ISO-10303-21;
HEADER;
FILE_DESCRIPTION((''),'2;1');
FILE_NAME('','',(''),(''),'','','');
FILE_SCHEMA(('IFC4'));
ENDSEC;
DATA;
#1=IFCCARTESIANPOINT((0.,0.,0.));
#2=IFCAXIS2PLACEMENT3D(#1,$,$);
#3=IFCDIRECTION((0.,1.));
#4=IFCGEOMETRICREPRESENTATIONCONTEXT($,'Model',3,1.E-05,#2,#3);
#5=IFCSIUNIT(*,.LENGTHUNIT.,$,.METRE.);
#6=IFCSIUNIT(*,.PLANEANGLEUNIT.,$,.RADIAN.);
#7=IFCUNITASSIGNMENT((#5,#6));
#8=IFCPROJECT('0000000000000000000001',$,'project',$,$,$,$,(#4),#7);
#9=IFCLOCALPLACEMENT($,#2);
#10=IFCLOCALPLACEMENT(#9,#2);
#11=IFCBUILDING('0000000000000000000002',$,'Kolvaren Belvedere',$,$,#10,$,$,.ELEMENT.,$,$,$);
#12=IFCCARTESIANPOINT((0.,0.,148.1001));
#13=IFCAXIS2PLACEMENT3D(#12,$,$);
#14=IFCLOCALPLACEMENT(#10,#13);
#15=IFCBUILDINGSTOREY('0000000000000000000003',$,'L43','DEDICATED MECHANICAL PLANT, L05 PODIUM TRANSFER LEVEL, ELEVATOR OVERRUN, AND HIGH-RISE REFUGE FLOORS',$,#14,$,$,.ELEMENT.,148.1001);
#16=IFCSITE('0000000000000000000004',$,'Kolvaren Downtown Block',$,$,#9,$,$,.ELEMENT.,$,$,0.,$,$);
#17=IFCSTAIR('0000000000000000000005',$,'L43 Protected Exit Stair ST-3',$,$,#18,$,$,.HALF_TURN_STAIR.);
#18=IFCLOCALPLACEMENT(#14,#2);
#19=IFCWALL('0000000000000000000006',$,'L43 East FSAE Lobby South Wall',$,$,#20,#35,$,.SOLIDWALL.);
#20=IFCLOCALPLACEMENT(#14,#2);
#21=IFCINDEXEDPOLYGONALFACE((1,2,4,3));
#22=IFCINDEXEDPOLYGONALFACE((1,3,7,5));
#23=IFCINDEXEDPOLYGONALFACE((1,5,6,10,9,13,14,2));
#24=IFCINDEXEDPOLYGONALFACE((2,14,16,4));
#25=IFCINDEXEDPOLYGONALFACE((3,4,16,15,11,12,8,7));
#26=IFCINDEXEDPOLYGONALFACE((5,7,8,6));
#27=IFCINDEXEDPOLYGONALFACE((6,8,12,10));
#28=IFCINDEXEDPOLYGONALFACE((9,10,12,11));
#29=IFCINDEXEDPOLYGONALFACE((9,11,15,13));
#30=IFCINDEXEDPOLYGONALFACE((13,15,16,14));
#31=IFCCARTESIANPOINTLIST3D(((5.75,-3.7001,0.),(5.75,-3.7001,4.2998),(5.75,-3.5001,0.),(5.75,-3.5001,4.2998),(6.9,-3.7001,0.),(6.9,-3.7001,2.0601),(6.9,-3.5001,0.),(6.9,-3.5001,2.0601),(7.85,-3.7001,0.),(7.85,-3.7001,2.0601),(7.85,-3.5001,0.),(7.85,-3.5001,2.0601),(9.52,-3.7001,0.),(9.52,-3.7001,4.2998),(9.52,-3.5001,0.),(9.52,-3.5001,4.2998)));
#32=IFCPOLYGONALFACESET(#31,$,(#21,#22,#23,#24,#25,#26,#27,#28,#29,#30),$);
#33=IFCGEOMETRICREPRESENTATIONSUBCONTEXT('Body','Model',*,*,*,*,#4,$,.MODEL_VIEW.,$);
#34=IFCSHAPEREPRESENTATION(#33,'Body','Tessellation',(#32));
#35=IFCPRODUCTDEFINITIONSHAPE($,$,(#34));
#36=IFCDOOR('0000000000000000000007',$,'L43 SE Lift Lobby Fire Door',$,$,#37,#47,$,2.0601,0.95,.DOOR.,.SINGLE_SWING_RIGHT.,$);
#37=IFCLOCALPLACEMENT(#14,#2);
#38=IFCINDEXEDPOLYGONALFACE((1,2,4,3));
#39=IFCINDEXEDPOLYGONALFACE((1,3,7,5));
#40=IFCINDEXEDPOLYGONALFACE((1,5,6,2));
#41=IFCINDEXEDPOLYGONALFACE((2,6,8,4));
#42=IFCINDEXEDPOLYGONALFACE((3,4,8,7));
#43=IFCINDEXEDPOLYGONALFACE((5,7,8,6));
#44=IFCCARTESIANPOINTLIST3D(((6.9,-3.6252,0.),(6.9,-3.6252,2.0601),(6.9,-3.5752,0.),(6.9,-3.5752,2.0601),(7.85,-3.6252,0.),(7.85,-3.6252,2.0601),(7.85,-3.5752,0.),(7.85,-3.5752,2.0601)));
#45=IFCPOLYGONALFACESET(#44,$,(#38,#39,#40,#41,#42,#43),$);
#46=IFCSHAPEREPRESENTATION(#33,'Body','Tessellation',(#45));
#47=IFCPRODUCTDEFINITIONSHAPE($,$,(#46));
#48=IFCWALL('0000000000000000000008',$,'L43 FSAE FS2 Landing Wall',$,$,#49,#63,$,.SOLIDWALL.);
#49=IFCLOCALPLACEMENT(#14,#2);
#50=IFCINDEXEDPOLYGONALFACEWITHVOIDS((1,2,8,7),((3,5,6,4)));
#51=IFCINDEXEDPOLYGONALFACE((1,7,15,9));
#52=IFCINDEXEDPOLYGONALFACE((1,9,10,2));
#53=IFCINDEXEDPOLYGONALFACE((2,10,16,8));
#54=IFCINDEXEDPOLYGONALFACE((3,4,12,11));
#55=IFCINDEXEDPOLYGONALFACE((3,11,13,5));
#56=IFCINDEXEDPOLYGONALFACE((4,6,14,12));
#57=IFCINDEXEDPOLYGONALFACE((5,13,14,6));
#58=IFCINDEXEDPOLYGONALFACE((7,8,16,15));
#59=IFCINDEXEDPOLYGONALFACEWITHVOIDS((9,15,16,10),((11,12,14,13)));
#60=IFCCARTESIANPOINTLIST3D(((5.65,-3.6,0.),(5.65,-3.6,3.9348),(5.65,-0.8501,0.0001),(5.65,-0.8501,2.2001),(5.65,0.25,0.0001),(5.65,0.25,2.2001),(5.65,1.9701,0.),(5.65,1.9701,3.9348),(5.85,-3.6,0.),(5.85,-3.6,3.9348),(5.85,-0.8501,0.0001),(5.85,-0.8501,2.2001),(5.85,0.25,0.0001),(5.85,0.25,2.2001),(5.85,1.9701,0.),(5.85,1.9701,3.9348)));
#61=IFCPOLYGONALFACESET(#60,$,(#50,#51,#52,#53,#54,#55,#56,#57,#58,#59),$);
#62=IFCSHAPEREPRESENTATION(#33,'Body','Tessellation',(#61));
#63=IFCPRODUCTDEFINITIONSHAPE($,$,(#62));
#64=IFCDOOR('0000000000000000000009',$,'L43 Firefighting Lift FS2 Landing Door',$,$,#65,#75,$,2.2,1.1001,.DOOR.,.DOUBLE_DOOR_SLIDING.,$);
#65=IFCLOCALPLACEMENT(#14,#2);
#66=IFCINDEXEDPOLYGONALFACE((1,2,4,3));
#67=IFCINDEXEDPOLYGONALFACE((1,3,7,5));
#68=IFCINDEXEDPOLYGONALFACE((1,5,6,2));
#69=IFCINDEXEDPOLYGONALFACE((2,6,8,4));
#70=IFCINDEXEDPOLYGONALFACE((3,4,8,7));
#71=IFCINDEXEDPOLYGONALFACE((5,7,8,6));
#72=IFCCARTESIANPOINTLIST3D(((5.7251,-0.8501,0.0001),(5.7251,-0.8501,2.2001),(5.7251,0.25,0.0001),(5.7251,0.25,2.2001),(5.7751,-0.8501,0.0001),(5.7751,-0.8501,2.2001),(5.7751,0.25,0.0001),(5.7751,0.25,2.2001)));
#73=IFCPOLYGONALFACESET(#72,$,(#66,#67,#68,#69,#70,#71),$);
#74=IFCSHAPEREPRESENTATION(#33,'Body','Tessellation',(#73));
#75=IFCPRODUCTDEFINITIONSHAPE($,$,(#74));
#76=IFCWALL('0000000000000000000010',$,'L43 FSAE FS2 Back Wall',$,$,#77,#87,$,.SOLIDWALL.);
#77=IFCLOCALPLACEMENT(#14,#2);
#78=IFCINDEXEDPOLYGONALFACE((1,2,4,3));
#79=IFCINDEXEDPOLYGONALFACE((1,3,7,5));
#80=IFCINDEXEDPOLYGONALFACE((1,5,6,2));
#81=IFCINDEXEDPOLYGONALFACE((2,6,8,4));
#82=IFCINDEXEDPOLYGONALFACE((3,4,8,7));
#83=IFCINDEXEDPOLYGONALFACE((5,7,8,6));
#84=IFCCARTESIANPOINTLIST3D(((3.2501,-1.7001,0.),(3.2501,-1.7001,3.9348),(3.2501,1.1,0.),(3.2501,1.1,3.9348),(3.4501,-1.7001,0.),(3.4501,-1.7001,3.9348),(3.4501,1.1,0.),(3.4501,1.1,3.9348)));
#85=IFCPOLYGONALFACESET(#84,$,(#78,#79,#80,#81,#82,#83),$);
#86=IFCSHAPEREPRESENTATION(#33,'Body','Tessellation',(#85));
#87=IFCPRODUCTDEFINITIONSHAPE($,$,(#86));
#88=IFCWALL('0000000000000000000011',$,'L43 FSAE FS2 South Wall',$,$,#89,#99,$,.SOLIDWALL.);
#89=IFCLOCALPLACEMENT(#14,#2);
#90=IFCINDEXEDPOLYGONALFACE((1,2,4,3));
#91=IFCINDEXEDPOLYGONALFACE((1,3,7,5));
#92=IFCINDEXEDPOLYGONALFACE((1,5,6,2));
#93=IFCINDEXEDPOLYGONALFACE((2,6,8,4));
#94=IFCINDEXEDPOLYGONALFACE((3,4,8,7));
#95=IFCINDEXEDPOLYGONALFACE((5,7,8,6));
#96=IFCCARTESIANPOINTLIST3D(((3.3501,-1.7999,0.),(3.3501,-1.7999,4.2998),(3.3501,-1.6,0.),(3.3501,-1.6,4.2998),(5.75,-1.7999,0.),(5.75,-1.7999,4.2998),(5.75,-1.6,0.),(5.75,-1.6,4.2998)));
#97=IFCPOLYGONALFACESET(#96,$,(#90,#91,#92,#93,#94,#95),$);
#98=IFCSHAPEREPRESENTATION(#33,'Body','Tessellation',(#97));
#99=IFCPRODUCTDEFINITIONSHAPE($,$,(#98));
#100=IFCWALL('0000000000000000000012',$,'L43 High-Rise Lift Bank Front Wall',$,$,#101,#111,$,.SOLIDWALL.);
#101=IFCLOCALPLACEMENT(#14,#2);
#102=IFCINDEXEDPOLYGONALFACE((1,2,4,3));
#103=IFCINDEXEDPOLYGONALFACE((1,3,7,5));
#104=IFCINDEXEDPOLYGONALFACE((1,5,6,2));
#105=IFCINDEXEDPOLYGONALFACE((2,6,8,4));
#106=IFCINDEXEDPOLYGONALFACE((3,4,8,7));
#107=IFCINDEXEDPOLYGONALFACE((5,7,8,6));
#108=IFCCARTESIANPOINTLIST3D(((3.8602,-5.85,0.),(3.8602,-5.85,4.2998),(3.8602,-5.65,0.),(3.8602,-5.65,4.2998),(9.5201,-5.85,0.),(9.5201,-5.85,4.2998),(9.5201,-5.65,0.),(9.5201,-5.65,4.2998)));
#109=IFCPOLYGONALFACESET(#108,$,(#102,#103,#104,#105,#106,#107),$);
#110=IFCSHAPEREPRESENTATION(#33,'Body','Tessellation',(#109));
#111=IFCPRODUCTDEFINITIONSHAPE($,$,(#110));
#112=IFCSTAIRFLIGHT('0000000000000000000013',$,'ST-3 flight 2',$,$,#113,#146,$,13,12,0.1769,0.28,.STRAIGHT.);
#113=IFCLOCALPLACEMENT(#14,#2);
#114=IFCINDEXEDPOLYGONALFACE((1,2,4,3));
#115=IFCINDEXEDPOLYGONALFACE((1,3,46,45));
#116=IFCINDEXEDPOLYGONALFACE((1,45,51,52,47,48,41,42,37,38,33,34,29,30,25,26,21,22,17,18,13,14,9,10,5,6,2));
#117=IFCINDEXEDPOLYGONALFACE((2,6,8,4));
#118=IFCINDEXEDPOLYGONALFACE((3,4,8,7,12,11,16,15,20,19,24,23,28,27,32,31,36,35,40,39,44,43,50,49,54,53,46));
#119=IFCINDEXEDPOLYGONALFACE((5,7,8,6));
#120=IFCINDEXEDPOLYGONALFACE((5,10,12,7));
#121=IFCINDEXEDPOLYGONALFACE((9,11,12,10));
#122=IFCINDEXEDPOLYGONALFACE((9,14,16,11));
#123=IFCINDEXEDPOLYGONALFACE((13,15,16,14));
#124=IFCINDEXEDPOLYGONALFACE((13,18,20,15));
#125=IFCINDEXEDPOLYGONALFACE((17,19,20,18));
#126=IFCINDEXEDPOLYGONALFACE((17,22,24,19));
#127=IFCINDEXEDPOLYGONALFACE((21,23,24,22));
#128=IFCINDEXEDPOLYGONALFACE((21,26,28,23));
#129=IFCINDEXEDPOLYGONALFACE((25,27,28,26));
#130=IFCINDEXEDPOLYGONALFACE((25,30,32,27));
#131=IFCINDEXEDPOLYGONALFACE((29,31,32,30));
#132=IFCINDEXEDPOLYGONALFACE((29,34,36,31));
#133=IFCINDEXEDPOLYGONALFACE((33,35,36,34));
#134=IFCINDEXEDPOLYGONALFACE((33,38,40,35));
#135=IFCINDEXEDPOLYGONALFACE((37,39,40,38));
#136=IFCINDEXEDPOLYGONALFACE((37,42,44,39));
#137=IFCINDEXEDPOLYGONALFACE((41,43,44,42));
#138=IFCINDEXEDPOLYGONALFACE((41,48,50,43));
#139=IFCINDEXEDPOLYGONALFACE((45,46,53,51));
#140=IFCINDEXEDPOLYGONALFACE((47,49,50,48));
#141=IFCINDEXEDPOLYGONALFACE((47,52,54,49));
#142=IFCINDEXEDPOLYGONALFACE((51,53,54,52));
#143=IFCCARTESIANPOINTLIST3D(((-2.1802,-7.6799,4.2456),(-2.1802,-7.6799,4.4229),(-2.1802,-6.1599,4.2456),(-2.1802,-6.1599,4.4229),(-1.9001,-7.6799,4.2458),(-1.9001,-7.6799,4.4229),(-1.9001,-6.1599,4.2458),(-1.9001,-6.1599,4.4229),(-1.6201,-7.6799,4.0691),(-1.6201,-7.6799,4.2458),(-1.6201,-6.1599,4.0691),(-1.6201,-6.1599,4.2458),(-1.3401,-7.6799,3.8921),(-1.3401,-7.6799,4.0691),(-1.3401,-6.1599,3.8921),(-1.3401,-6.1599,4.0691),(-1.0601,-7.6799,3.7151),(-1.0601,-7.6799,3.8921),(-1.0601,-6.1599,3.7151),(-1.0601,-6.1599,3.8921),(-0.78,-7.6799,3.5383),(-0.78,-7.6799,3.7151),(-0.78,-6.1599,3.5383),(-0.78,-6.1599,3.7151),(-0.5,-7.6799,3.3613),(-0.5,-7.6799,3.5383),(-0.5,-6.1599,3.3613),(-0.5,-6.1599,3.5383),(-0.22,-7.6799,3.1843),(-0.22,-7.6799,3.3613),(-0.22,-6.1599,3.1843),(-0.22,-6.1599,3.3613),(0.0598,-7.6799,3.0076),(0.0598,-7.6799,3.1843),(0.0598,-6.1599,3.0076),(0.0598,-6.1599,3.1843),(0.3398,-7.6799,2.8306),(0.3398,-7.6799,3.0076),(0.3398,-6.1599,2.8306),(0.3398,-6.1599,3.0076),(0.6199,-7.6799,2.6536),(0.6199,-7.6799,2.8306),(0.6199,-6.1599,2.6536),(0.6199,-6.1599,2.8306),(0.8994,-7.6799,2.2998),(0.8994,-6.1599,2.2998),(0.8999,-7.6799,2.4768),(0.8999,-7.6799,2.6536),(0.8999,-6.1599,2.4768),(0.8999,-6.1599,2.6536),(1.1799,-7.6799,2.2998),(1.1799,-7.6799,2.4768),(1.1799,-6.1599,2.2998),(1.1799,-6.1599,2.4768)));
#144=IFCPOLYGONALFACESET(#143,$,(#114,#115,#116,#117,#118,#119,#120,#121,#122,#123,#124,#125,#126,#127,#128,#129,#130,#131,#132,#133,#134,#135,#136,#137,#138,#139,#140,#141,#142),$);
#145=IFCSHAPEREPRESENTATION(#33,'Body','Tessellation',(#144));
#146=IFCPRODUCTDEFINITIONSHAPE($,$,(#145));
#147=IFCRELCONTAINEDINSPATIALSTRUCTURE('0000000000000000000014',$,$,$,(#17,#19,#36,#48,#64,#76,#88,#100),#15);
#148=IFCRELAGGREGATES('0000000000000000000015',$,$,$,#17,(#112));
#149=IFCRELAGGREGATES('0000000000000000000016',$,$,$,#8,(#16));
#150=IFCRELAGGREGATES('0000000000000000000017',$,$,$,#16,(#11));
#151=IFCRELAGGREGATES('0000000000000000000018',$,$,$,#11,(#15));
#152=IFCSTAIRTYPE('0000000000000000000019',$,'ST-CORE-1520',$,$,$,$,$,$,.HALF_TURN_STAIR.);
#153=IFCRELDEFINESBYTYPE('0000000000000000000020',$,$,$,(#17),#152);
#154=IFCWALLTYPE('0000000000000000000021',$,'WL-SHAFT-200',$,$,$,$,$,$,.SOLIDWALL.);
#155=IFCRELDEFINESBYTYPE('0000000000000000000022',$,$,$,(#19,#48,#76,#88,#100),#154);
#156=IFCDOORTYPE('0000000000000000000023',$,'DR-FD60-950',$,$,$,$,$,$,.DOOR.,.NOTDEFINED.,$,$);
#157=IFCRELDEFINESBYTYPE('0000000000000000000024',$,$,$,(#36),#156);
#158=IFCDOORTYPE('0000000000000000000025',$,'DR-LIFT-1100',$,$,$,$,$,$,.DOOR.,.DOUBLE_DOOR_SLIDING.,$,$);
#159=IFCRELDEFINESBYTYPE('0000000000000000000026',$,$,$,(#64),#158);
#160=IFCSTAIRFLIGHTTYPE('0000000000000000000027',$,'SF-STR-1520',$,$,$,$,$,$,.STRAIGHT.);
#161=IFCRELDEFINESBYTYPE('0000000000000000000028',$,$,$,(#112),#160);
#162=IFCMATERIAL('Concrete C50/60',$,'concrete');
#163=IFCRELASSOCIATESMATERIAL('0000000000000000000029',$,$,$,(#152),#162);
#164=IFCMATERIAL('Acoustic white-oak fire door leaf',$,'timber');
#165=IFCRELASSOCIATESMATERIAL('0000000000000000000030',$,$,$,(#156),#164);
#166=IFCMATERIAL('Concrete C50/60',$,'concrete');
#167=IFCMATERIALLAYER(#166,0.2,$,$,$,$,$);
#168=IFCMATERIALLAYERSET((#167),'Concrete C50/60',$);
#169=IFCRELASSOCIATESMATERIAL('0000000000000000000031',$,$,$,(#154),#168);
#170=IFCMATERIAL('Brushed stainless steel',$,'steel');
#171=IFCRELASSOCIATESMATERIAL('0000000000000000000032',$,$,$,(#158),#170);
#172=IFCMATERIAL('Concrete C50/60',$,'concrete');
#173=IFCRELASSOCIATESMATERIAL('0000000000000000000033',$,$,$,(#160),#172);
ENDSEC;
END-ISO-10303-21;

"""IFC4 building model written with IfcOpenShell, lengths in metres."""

from ifc_helpers import new_model, si_unit, direction, frame, frame_2d, origin, place, context, subcontext, project, spatial, polyline, rectangle, outline, extrude, material, layer, layer_set, type_object, element, fill, aggregate, save


model = new_model("IFC4")

# Units and contexts
model_context = context("Model", 3, precision=1e-05, world=origin(), true_north=direction((0.0, 1.0)))
body_context = subcontext(model_context, "Body", "Model", "MODEL_VIEW")
ifc_project = project(units=[si_unit("LENGTHUNIT", "METRE"), si_unit("PLANEANGLEUNIT", "RADIAN")], contexts=[model_context])

# Site, building, storey
site_placement = place(None, origin())
site = spatial("IfcSite", under=ifc_project, at=site_placement, Name="Kolvaren Downtown Block", CompositionType="ELEMENT", RefElevation=0.0)
building_placement = place(site_placement, origin())
building = spatial("IfcBuilding", under=site, at=building_placement, Name="Kolvaren Belvedere", CompositionType="ELEMENT")
storey_placement = place(building_placement, frame((0.0, 0.0, 148.1001)))
storey = spatial("IfcBuildingStorey", under=building, at=storey_placement, Name="L43", Description="DEDICATED MECHANICAL PLANT, L05 PODIUM TRANSFER LEVEL, ELEVATOR OVERRUN, AND HIGH-RISE REFUGE FLOORS", CompositionType="ELEMENT", Elevation=148.1001)

# Stair
ifc_material_1 = material(Name="Concrete C50/60", Category="concrete")
stair_type = type_object("IfcStairType", Name="ST-CORE-1520", PredefinedType="HALF_TURN_STAIR", material=ifc_material_1)
stair_1_placement = place(storey_placement, origin())
stair_1 = element("IfcStair", 1, at=stair_1_placement, inside=storey, type_object=stair_type, Name="L43 Protected Exit Stair ST-3", PredefinedType="HALF_TURN_STAIR")

# Walls, openings, doors
ifc_material_2 = material(Name="Acoustic white-oak fire door leaf", Category="timber")
door_type_1 = type_object("IfcDoorType", Name="DR-FD60-950", OperationType="NOTDEFINED", PredefinedType="DOOR", material=ifc_material_2)
ifc_material_3 = material(Name="Concrete C50/60", Category="concrete")
ifc_layer_1 = layer(ifc_material_3, 0.2)
ifc_layer_set_1 = layer_set([ifc_layer_1], Name="Concrete C50/60")
wall_type_1 = type_object("IfcWallType", Name="WL-SHAFT-200", PredefinedType="SOLIDWALL", material=ifc_layer_set_1)
wall_1_placement = place(storey_placement, frame((5.75, -3.6001, 0.0), z_axis=(0.0, 0.0, 1.0), x_axis=(1.0, 0.0, 0.0)))
wall_1 = element("IfcWall", 2, at=wall_1_placement, inside=storey, type_object=wall_type_1, Name="L43 East FSAE Lobby South Wall", PredefinedType="SOLIDWALL", context=body_context, shape_type="SweptSolid", body=[
    extrude(rectangle(XDim=3.77, YDim=0.2, at=frame_2d((1.885, 0.0))), origin(), (0.0, 0.0, 1.0), 4.2998),
])
opening_1_placement = place(wall_1_placement, frame((1.1499, 0.0, 0.0)))
opening_1 = element("IfcOpeningElement", 3, at=opening_1_placement, cuts=wall_1, PredefinedType="OPENING", context=body_context, shape_type="SweptSolid", body=[
    extrude(rectangle(XDim=0.95, YDim=2.0601, at=frame_2d((0.4751, 1.03))), frame((0.0, 0.1099, 0.0), z_axis=(0.0, -1.0, 0.0), x_axis=(1.0, 0.0, 0.0)), (0.0, 0.0, 1.0), 0.22),
])
door_1_placement = place(opening_1_placement, origin())
door_1 = element("IfcDoor", 4, at=door_1_placement, inside=storey, type_object=door_type_1, Name="L43 SE Lift Lobby Fire Door", OperationType="SINGLE_SWING_RIGHT", OverallHeight=2.0601, OverallWidth=0.95, PredefinedType="DOOR", context=body_context, shape_type="SweptSolid", body=[
    extrude(rectangle(XDim=0.95, YDim=2.0601, at=frame_2d((0.4751, 1.03))), frame((0.0, 0.0249, 0.0), z_axis=(0.0, -1.0, 0.0), x_axis=(1.0, 0.0, 0.0)), (0.0, 0.0, 1.0), 0.05),
])
fill(opening_1, door_1)
wall_2_placement = place(storey_placement, frame((5.75, -3.6001, 0.0), z_axis=(0.0, 0.0, 1.0), x_axis=(0.0, 1.0, 0.0)))
wall_2 = element("IfcWall", 5, at=wall_2_placement, inside=storey, type_object=wall_type_1, Name="L43 FSAE FS2 Landing Wall", PredefinedType="SOLIDWALL", context=body_context, shape_type="SweptSolid", body=[
    extrude(rectangle(XDim=5.5701, YDim=0.2, at=frame_2d((2.7852, 0.0))), origin(), (0.0, 0.0, 1.0), 3.9348),
])
opening_2_placement = place(wall_2_placement, frame((2.75, 0.0, 0.0)))
opening_2 = element("IfcOpeningElement", 6, at=opening_2_placement, cuts=wall_2, PredefinedType="OPENING", context=body_context, shape_type="SweptSolid", body=[
    extrude(rectangle(XDim=1.1001, YDim=2.2, at=frame_2d((0.55, 1.1001))), frame((0.0, 0.1099, 0.0), z_axis=(0.0, -1.0, 0.0), x_axis=(1.0, 0.0, 0.0)), (0.0, 0.0, 1.0), 0.22),
])
ifc_material_4 = material(Name="Brushed stainless steel", Category="steel")
door_type_2 = type_object("IfcDoorType", Name="DR-LIFT-1100", OperationType="DOUBLE_DOOR_SLIDING", PredefinedType="DOOR", material=ifc_material_4)
door_2_placement = place(opening_2_placement, origin())
door_2 = element("IfcDoor", 7, at=door_2_placement, inside=storey, type_object=door_type_2, Name="L43 Firefighting Lift FS2 Landing Door", OperationType="DOUBLE_DOOR_SLIDING", OverallHeight=2.2, OverallWidth=1.1001, PredefinedType="DOOR", context=body_context, shape_type="SweptSolid", body=[
    extrude(rectangle(XDim=1.1001, YDim=2.2, at=frame_2d((0.55, 1.1001))), frame((0.0, 0.0249, 0.0), z_axis=(0.0, -1.0, 0.0), x_axis=(1.0, 0.0, 0.0)), (0.0, 0.0, 1.0), 0.05),
])
fill(opening_2, door_2)

# Walls
wall_3_placement = place(storey_placement, frame((3.3501, -1.7, 0.0), z_axis=(0.0, 0.0, 1.0), x_axis=(0.0, 1.0, 0.0)))
element("IfcWall", 8, at=wall_3_placement, inside=storey, type_object=wall_type_1, Name="L43 FSAE FS2 Back Wall", PredefinedType="SOLIDWALL", context=body_context, shape_type="SweptSolid", body=[
    extrude(rectangle(XDim=2.8, YDim=0.2, at=frame_2d((1.3999, 0.0))), origin(), (0.0, 0.0, 1.0), 3.9348),
])
wall_4_placement = place(storey_placement, frame((3.3501, -1.7, 0.0), z_axis=(0.0, 0.0, 1.0), x_axis=(1.0, 0.0, 0.0)))
element("IfcWall", 9, at=wall_4_placement, inside=storey, type_object=wall_type_1, Name="L43 FSAE FS2 South Wall", PredefinedType="SOLIDWALL", context=body_context, shape_type="SweptSolid", body=[
    extrude(rectangle(XDim=2.3999, YDim=0.2, at=frame_2d((1.2, 0.0))), origin(), (0.0, 0.0, 1.0), 4.2998),
])
wall_5_placement = place(storey_placement, frame((3.8601, -5.75, 0.0), z_axis=(0.0, 0.0, 1.0), x_axis=(1.0, 0.0, 0.0)))
element("IfcWall", 10, at=wall_5_placement, inside=storey, type_object=wall_type_1, Name="L43 High-Rise Lift Bank Front Wall", PredefinedType="SOLIDWALL", context=body_context, shape_type="SweptSolid", body=[
    extrude(rectangle(XDim=5.6599, YDim=0.2, at=frame_2d((2.8301, 0.0))), origin(), (0.0, 0.0, 1.0), 4.2998),
])

# Stair flight
ifc_material_5 = material(Name="Concrete C50/60", Category="concrete")
stair_flight_type = type_object("IfcStairFlightType", Name="SF-STR-1520", PredefinedType="STRAIGHT", material=ifc_material_5)
stair_flight_placement = place(storey_placement, frame((1.1799, -6.9199, 2.2998), z_axis=(0.0, 0.0, 1.0), x_axis=(-1.0, 0.0, 0.0)))
stair_flight = element("IfcStairFlight", 11, at=stair_flight_placement, type_object=stair_flight_type, Name="ST-3 flight 2", NumberOfRisers=13, NumberOfTreads=12, PredefinedType="STRAIGHT", RiserHeight=0.1769, TreadLength=0.28, context=body_context, shape_type="SweptSolid", body=[
    extrude(outline(polyline([(0.0, 0.0), (0.0, 0.177), (0.28, 0.177), (0.28, 0.3538), (0.5601, 0.3538), (0.5601, 0.5308), (0.8401, 0.5308), (0.8401, 0.7078), (1.1201, 0.7078), (1.1201, 0.8845), (1.3999, 0.8845), (1.3999, 1.0615), (1.6799, 1.0615), (1.6799, 1.2385), (1.96, 1.2385), (1.96, 1.4153), (2.24, 1.4153), (2.24, 1.5923), (2.52, 1.5923), (2.52, 1.7693), (2.8, 1.7693), (2.8, 1.946), (3.0801, 1.946), (3.0801, 2.123), (3.3601, 2.123), (3.3601, 2.3), (3.3601, 1.9458), (0.2805, 0.0), (0.0, 0.0)])), frame((0.0, 0.76, 0.0), z_axis=(0.0, -1.0, 0.0), x_axis=(1.0, 0.0, 0.0)), (0.0, 0.0, 1.0), 1.52),
])
aggregate(stair_1, [stair_flight])

save(model, "model.ifc")
